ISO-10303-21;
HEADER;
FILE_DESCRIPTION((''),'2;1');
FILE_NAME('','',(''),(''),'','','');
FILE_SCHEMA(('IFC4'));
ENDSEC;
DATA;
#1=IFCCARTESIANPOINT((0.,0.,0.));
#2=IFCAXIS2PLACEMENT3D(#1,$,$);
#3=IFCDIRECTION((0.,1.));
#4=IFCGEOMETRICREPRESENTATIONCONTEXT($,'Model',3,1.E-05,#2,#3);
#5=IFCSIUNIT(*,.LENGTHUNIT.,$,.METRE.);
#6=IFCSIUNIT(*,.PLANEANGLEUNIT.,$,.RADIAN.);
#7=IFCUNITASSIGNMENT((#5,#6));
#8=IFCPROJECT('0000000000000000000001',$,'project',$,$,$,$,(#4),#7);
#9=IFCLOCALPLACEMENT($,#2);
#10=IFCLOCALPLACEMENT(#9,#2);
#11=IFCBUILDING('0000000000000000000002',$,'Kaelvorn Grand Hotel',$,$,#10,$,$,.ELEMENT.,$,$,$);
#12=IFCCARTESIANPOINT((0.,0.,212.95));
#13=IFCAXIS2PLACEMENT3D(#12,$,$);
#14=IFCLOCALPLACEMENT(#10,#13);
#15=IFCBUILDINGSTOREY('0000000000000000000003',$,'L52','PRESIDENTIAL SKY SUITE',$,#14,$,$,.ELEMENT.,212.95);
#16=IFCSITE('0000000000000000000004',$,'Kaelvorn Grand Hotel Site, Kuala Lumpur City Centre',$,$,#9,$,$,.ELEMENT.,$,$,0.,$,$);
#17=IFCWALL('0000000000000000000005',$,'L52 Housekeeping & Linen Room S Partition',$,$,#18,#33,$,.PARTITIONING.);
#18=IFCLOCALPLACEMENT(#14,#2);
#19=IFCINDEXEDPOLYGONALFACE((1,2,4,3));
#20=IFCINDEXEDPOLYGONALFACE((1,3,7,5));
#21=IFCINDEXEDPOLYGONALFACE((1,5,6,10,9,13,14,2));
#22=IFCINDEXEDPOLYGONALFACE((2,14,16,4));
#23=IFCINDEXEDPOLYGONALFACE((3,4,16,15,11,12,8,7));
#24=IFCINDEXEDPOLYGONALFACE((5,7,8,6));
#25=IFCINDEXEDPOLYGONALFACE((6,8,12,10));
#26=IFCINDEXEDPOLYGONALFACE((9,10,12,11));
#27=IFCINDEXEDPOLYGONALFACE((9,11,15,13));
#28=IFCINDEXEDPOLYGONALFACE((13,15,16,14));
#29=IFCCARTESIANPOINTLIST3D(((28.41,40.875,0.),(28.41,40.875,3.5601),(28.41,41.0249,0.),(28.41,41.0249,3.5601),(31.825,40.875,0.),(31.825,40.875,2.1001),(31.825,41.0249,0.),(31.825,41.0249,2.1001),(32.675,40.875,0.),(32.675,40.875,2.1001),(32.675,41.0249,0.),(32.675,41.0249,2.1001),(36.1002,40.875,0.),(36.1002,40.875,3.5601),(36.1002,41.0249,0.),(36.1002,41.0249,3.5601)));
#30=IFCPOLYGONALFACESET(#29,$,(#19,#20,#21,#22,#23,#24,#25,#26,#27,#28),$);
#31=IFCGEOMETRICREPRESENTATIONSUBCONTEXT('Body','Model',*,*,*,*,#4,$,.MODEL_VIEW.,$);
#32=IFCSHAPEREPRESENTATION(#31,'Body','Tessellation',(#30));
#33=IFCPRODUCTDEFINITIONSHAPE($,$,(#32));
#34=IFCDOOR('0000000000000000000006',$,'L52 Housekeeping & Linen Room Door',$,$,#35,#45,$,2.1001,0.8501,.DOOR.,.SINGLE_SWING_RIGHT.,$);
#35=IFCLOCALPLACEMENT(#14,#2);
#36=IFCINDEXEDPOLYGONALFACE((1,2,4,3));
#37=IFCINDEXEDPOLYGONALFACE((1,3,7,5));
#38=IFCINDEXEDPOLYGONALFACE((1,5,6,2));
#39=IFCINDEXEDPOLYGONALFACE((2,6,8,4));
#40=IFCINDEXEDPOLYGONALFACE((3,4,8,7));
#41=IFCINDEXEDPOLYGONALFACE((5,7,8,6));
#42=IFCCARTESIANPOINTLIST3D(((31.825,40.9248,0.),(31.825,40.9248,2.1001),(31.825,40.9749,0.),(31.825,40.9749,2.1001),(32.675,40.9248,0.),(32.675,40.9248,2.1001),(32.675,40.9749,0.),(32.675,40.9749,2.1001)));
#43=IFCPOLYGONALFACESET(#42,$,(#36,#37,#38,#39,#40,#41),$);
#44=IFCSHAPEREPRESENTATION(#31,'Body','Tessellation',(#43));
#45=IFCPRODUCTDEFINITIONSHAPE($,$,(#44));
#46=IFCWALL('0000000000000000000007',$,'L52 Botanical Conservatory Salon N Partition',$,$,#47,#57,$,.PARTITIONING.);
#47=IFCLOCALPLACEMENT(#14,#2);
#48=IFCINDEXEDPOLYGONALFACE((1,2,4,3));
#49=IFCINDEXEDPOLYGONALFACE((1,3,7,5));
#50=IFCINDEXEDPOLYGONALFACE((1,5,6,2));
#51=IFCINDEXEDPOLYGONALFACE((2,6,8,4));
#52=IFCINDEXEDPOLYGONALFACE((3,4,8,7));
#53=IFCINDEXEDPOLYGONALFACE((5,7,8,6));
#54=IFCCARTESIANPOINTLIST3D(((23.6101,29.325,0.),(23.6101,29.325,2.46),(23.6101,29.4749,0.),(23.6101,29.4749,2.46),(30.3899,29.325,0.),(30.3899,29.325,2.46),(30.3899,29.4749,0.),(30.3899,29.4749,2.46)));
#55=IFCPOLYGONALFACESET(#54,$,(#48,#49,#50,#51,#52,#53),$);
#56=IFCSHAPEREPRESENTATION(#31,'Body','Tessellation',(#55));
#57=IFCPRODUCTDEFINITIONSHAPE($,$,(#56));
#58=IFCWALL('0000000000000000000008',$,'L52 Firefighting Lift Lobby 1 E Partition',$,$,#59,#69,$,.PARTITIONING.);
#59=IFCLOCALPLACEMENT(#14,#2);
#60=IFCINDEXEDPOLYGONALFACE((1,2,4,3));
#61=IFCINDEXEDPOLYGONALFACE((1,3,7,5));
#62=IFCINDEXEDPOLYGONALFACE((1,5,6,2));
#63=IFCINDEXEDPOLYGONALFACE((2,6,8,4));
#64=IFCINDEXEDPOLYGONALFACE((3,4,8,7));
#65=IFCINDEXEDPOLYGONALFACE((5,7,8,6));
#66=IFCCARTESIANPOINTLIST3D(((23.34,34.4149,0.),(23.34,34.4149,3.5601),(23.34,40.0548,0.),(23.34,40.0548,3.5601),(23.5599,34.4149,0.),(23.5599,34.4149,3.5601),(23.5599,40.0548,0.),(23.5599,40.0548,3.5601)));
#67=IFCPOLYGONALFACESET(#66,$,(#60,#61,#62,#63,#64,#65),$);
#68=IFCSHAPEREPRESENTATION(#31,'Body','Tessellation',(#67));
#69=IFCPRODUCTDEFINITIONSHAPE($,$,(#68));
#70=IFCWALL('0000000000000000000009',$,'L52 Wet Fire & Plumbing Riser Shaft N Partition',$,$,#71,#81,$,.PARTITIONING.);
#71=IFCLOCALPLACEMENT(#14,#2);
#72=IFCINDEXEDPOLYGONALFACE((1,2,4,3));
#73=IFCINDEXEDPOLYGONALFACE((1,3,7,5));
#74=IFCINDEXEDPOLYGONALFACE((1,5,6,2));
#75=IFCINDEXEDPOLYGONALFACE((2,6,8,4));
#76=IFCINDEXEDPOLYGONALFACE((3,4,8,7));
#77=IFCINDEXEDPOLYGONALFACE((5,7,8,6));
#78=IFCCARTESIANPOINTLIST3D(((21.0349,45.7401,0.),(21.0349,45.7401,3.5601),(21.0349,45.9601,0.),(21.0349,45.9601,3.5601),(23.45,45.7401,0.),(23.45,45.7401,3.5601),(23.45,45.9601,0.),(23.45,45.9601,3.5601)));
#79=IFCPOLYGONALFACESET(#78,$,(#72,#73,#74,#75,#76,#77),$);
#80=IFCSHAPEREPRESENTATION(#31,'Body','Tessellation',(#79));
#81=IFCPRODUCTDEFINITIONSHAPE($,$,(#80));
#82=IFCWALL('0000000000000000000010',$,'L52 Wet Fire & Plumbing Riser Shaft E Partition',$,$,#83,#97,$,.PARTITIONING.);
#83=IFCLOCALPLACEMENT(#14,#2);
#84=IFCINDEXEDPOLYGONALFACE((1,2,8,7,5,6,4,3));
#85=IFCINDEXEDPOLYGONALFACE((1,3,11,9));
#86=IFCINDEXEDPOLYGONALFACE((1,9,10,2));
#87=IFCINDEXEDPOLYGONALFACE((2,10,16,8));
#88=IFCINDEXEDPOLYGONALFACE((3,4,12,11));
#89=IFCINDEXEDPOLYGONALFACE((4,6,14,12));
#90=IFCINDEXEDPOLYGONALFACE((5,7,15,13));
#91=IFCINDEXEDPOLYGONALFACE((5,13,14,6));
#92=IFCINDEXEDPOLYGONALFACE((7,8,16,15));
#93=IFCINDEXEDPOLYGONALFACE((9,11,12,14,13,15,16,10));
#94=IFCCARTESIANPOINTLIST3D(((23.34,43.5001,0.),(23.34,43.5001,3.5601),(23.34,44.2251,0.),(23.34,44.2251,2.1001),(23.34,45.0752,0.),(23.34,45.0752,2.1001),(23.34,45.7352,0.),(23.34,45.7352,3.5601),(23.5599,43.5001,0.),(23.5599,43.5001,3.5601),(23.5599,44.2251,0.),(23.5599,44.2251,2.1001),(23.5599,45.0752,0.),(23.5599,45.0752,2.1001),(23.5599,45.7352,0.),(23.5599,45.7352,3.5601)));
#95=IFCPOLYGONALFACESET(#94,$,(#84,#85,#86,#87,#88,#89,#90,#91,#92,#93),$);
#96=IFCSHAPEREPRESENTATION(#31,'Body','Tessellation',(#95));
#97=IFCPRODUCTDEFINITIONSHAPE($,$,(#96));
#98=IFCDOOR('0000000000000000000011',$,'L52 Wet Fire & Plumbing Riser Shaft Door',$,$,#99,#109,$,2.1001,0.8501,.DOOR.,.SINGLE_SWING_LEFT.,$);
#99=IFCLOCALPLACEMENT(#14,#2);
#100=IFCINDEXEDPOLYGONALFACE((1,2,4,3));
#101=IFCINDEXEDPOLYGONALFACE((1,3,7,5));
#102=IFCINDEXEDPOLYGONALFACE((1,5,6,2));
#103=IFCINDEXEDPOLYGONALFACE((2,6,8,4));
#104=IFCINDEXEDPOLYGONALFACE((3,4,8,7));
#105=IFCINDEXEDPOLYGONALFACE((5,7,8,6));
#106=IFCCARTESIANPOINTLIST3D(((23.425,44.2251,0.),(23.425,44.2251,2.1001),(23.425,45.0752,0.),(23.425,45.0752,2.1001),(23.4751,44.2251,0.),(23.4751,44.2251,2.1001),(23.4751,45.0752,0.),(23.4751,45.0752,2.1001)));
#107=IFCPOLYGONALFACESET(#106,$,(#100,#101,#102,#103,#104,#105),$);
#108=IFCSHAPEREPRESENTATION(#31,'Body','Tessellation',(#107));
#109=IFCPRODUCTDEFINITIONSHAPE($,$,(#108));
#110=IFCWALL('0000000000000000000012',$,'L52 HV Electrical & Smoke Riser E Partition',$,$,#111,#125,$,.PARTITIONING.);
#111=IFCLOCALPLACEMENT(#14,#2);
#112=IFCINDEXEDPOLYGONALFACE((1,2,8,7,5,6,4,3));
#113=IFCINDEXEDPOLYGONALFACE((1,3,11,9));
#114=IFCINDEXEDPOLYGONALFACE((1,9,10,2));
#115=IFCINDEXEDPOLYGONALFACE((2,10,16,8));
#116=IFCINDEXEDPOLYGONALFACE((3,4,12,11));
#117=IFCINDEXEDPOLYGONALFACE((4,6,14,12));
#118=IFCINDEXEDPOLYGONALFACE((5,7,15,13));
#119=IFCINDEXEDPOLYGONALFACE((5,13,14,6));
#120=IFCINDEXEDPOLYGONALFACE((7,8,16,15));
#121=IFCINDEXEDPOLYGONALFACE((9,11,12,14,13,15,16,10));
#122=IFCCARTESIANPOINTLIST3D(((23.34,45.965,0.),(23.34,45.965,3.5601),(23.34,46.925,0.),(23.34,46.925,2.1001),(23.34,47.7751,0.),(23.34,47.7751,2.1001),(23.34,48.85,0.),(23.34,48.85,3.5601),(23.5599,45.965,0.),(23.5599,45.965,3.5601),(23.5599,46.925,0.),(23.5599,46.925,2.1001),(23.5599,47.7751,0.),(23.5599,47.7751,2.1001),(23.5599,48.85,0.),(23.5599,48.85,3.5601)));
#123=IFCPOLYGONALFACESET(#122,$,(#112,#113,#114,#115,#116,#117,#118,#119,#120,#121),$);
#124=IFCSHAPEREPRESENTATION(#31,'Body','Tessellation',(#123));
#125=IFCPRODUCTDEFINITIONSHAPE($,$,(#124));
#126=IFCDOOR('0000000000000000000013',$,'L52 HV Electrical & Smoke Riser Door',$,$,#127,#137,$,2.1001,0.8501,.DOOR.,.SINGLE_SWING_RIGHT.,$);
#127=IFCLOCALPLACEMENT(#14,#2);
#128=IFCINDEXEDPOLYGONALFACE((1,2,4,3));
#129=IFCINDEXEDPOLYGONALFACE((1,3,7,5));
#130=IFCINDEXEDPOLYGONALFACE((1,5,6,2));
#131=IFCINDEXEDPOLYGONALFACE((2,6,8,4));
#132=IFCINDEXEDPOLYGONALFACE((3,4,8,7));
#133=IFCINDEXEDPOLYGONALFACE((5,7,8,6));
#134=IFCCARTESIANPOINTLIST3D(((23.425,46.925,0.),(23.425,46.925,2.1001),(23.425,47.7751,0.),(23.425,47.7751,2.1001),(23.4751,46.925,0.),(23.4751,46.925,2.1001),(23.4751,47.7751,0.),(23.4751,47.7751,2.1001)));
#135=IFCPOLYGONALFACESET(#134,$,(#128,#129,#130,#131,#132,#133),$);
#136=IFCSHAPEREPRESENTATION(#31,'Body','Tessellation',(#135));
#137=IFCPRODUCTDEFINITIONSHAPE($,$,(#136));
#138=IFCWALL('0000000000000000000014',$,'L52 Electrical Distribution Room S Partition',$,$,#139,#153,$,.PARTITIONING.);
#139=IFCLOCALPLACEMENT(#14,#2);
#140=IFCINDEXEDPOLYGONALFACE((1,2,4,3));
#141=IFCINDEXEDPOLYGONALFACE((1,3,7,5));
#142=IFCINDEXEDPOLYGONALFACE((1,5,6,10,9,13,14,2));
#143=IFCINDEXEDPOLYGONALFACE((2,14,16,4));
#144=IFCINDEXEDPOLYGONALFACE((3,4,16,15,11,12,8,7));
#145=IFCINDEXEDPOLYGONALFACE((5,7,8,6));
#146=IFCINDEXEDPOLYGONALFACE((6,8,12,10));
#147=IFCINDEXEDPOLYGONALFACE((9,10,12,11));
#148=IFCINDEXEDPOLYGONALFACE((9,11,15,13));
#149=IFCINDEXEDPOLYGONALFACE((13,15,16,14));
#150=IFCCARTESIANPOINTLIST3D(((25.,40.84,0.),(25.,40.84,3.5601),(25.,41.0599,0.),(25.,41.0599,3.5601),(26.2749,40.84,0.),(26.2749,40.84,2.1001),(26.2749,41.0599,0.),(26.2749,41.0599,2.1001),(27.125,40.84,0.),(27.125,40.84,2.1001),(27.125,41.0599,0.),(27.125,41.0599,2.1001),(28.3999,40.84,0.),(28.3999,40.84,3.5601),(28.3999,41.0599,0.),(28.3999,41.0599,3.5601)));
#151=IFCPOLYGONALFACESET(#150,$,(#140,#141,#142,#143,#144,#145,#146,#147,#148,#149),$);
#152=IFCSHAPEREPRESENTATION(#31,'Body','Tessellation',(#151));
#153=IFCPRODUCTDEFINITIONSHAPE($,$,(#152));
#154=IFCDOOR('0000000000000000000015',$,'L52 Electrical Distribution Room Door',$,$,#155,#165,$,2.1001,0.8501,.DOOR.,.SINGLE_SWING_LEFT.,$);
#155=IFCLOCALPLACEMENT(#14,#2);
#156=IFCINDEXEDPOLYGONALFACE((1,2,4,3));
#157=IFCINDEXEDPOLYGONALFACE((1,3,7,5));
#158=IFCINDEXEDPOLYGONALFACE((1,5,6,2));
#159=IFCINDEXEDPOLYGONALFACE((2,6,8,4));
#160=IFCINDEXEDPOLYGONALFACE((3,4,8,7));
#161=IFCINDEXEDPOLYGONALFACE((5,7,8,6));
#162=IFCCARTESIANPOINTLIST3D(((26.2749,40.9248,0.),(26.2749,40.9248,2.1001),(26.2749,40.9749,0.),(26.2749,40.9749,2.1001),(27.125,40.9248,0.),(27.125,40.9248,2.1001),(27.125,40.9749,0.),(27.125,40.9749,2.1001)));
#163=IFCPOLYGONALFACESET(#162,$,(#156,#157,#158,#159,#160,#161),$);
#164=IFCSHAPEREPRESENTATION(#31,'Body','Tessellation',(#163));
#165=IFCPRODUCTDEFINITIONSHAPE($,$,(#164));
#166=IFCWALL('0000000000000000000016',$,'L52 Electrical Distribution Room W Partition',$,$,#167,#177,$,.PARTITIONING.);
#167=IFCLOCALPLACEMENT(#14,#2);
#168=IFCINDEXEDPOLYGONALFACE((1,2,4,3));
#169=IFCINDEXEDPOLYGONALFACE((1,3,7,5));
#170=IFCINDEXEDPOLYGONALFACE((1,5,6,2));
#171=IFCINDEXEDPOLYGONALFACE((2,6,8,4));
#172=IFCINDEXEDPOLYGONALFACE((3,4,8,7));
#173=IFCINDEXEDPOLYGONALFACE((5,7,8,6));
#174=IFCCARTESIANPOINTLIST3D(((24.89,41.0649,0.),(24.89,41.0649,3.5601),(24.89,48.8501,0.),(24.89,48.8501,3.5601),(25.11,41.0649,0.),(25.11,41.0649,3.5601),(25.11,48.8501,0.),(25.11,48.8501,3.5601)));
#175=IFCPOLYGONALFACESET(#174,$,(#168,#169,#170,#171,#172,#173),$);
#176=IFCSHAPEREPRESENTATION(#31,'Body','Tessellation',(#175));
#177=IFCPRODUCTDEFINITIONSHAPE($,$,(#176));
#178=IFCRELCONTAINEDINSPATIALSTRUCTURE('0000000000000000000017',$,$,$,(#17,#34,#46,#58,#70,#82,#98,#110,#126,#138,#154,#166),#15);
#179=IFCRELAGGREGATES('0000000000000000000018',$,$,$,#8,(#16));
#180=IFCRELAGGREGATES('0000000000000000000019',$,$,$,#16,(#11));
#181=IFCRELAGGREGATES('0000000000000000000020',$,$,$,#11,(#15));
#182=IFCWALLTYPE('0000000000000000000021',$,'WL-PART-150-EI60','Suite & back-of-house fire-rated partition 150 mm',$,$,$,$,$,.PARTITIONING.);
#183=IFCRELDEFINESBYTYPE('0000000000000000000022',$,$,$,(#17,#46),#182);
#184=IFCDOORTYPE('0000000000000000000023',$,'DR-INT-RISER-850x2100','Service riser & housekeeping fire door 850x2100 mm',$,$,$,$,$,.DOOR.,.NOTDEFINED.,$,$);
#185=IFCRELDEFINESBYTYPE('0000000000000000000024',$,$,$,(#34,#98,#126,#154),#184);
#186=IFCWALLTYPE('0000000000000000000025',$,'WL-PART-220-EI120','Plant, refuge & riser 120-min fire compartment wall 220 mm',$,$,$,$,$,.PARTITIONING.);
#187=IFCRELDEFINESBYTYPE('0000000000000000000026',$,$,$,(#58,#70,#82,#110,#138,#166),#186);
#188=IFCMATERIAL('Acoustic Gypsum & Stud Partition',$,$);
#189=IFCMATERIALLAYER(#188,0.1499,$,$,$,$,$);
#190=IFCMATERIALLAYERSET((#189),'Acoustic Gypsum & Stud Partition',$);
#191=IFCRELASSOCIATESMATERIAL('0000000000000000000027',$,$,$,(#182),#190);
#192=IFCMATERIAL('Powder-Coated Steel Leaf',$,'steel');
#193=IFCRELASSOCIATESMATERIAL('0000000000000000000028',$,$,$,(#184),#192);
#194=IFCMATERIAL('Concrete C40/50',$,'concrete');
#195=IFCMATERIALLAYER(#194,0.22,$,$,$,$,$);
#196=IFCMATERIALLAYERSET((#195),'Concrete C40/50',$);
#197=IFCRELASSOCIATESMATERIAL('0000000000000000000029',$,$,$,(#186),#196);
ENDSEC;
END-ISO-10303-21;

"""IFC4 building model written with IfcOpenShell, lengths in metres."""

from ifc_helpers import new_model, si_unit, direction, frame, frame_2d, origin, place, context, subcontext, project, spatial, rectangle, extrude, material, layer, layer_set, type_object, element, fill, save


model = new_model("IFC4")

# Units and contexts
model_context = context("Model", 3, precision=1e-05, world=origin(), true_north=direction((0.0, 1.0)))
body_context = subcontext(model_context, "Body", "Model", "MODEL_VIEW")
ifc_project = project(units=[si_unit("LENGTHUNIT", "METRE"), si_unit("PLANEANGLEUNIT", "RADIAN")], contexts=[model_context])

# Site, building, storey
site_placement = place(None, origin())
site = spatial("IfcSite", under=ifc_project, at=site_placement, Name="Kaelvorn Grand Hotel Site, Kuala Lumpur City Centre", CompositionType="ELEMENT", RefElevation=0.0)
building_placement = place(site_placement, origin())
building = spatial("IfcBuilding", under=site, at=building_placement, Name="Kaelvorn Grand Hotel", CompositionType="ELEMENT")
storey_placement = place(building_placement, frame((0.0, 0.0, 212.95)))
storey = spatial("IfcBuildingStorey", under=building, at=storey_placement, Name="L52", Description="PRESIDENTIAL SKY SUITE", CompositionType="ELEMENT", Elevation=212.95)

# Shared definitions
ifc_material_1 = material(Name="Acoustic Gypsum & Stud Partition")
ifc_layer_1 = layer(ifc_material_1, 0.1499)
ifc_layer_set_1 = layer_set([ifc_layer_1], Name="Acoustic Gypsum & Stud Partition")
wall_type_1 = type_object("IfcWallType", Name="WL-PART-150-EI60", Description="Suite & back-of-house fire-rated partition 150 mm", PredefinedType="PARTITIONING", material=ifc_layer_set_1)

# Wall, opening, door
wall_1_placement = place(storey_placement, frame((28.4099, 40.95, 0.0), z_axis=(0.0, 0.0, 1.0), x_axis=(1.0, 0.0, 0.0)))
wall_1 = element("IfcWall", 1, at=wall_1_placement, inside=storey, type_object=wall_type_1, Name="L52 Housekeeping & Linen Room S Partition", PredefinedType="PARTITIONING", context=body_context, shape_type="SweptSolid", body=[
    extrude(rectangle(XDim=7.6902, YDim=0.1499, at=frame_2d((3.8452, 0.0))), origin(), (0.0, 0.0, 1.0), 3.5601),
])
opening_1_placement = place(wall_1_placement, frame((3.415, 0.0, 0.0)))
opening_1 = element("IfcOpeningElement", 2, at=opening_1_placement, cuts=wall_1, PredefinedType="OPENING", context=body_context, shape_type="SweptSolid", body=[
    extrude(rectangle(XDim=0.8501, YDim=2.1001, at=frame_2d((0.425, 1.05))), frame((0.0, 0.085, 0.0), z_axis=(0.0, -1.0, 0.0), x_axis=(1.0, 0.0, 0.0)), (0.0, 0.0, 1.0), 0.1699),
])
ifc_material_2 = material(Name="Powder-Coated Steel Leaf", Category="steel")
door_type_1 = type_object("IfcDoorType", Name="DR-INT-RISER-850x2100", Description="Service riser & housekeeping fire door 850x2100 mm", OperationType="NOTDEFINED", PredefinedType="DOOR", material=ifc_material_2)
door_1_placement = place(opening_1_placement, origin())
door_1 = element("IfcDoor", 3, at=door_1_placement, inside=storey, type_object=door_type_1, Name="L52 Housekeeping & Linen Room Door", OperationType="SINGLE_SWING_RIGHT", OverallHeight=2.1001, OverallWidth=0.8501, PredefinedType="DOOR", context=body_context, shape_type="SweptSolid", body=[
    extrude(rectangle(XDim=0.8501, YDim=2.1001, at=frame_2d((0.425, 1.05))), frame((0.0, 0.0249, 0.0), z_axis=(0.0, -1.0, 0.0), x_axis=(1.0, 0.0, 0.0)), (0.0, 0.0, 1.0), 0.05),
])
fill(opening_1, door_1)

# Walls
wall_2_placement = place(storey_placement, frame((23.6101, 29.3999, 0.0), z_axis=(0.0, 0.0, 1.0), x_axis=(1.0, 0.0, 0.0)))
element("IfcWall", 4, at=wall_2_placement, inside=storey, type_object=wall_type_1, Name="L52 Botanical Conservatory Salon N Partition", PredefinedType="PARTITIONING", context=body_context, shape_type="SweptSolid", body=[
    extrude(rectangle(XDim=6.7798, YDim=0.1499, at=frame_2d((3.3899, 0.0))), origin(), (0.0, 0.0, 1.0), 2.46),
])
ifc_material_3 = material(Name="Concrete C40/50", Category="concrete")
ifc_layer_2 = layer(ifc_material_3, 0.22)
ifc_layer_set_2 = layer_set([ifc_layer_2], Name="Concrete C40/50")
wall_type_2 = type_object("IfcWallType", Name="WL-PART-220-EI120", Description="Plant, refuge & riser 120-min fire compartment wall 220 mm", PredefinedType="PARTITIONING", material=ifc_layer_set_2)
wall_3_placement = place(storey_placement, frame((23.45, 34.415, 0.0), z_axis=(0.0, 0.0, 1.0), x_axis=(0.0, 1.0, 0.0)))
element("IfcWall", 5, at=wall_3_placement, inside=storey, type_object=wall_type_2, Name="L52 Firefighting Lift Lobby 1 E Partition", PredefinedType="PARTITIONING", context=body_context, shape_type="SweptSolid", body=[
    extrude(rectangle(XDim=5.6399, YDim=0.22, at=frame_2d((2.8198, 0.0))), origin(), (0.0, 0.0, 1.0), 3.5601),
])
wall_4_placement = place(storey_placement, frame((21.0349, 45.8501, 0.0), z_axis=(0.0, 0.0, 1.0), x_axis=(1.0, 0.0, 0.0)))
element("IfcWall", 6, at=wall_4_placement, inside=storey, type_object=wall_type_2, Name="L52 Wet Fire & Plumbing Riser Shaft N Partition", PredefinedType="PARTITIONING", context=body_context, shape_type="SweptSolid", body=[
    extrude(rectangle(XDim=2.415, YDim=0.22, at=frame_2d((1.2075, 0.0))), origin(), (0.0, 0.0, 1.0), 3.5601),
])

# Walls, openings, doors
wall_5_placement = place(storey_placement, frame((23.45, 43.5, 0.0), z_axis=(0.0, 0.0, 1.0), x_axis=(0.0, 1.0, 0.0)))
wall_5 = element("IfcWall", 7, at=wall_5_placement, inside=storey, type_object=wall_type_2, Name="L52 Wet Fire & Plumbing Riser Shaft E Partition", PredefinedType="PARTITIONING", context=body_context, shape_type="SweptSolid", body=[
    extrude(rectangle(XDim=2.2351, YDim=0.22, at=frame_2d((1.1177, 0.0))), origin(), (0.0, 0.0, 1.0), 3.5601),
])
opening_2_placement = place(wall_5_placement, frame((0.7251, 0.0, 0.0)))
opening_2 = element("IfcOpeningElement", 8, at=opening_2_placement, cuts=wall_5, PredefinedType="OPENING", context=body_context, shape_type="SweptSolid", body=[
    extrude(rectangle(XDim=0.8501, YDim=2.1001, at=frame_2d((0.425, 1.05))), frame((0.0, 0.1201, 0.0), z_axis=(0.0, -1.0, 0.0), x_axis=(1.0, 0.0, 0.0)), (0.0, 0.0, 1.0), 0.24),
])
door_2_placement = place(opening_2_placement, origin())
door_2 = element("IfcDoor", 9, at=door_2_placement, inside=storey, type_object=door_type_1, Name="L52 Wet Fire & Plumbing Riser Shaft Door", OperationType="SINGLE_SWING_LEFT", OverallHeight=2.1001, OverallWidth=0.8501, PredefinedType="DOOR", context=body_context, shape_type="SweptSolid", body=[
    extrude(rectangle(XDim=0.8501, YDim=2.1001, at=frame_2d((0.425, 1.05))), frame((0.0, 0.0249, 0.0), z_axis=(0.0, -1.0, 0.0), x_axis=(1.0, 0.0, 0.0)), (0.0, 0.0, 1.0), 0.05),
])
fill(opening_2, door_2)
wall_6_placement = place(storey_placement, frame((23.45, 45.9651, 0.0), z_axis=(0.0, 0.0, 1.0), x_axis=(0.0, 1.0, 0.0)))
wall_6 = element("IfcWall", 10, at=wall_6_placement, inside=storey, type_object=wall_type_2, Name="L52 HV Electrical & Smoke Riser E Partition", PredefinedType="PARTITIONING", context=body_context, shape_type="SweptSolid", body=[
    extrude(rectangle(XDim=2.885, YDim=0.22, at=frame_2d((1.4424, 0.0))), origin(), (0.0, 0.0, 1.0), 3.5601),
])
opening_3_placement = place(wall_6_placement, frame((0.96, 0.0, 0.0)))
opening_3 = element("IfcOpeningElement", 11, at=opening_3_placement, cuts=wall_6, PredefinedType="OPENING", context=body_context, shape_type="SweptSolid", body=[
    extrude(rectangle(XDim=0.8501, YDim=2.1001, at=frame_2d((0.425, 1.05))), frame((0.0, 0.1201, 0.0), z_axis=(0.0, -1.0, 0.0), x_axis=(1.0, 0.0, 0.0)), (0.0, 0.0, 1.0), 0.24),
])
door_3_placement = place(opening_3_placement, origin())
door_3 = element("IfcDoor", 12, at=door_3_placement, inside=storey, type_object=door_type_1, Name="L52 HV Electrical & Smoke Riser Door", OperationType="SINGLE_SWING_RIGHT", OverallHeight=2.1001, OverallWidth=0.8501, PredefinedType="DOOR", context=body_context, shape_type="SweptSolid", body=[
    extrude(rectangle(XDim=0.8501, YDim=2.1001, at=frame_2d((0.425, 1.05))), frame((0.0, 0.0249, 0.0), z_axis=(0.0, -1.0, 0.0), x_axis=(1.0, 0.0, 0.0)), (0.0, 0.0, 1.0), 0.05),
])
fill(opening_3, door_3)
wall_7_placement = place(storey_placement, frame((25.0, 40.95, 0.0), z_axis=(0.0, 0.0, 1.0), x_axis=(1.0, 0.0, 0.0)))
wall_7 = element("IfcWall", 13, at=wall_7_placement, inside=storey, type_object=wall_type_2, Name="L52 Electrical Distribution Room S Partition", PredefinedType="PARTITIONING", context=body_context, shape_type="SweptSolid", body=[
    extrude(rectangle(XDim=3.3999, YDim=0.22, at=frame_2d((1.7, 0.0))), origin(), (0.0, 0.0, 1.0), 3.5601),
])
opening_4_placement = place(wall_7_placement, frame((1.2749, 0.0, 0.0)))
opening_4 = element("IfcOpeningElement", 14, at=opening_4_placement, cuts=wall_7, PredefinedType="OPENING", context=body_context, shape_type="SweptSolid", body=[
    extrude(rectangle(XDim=0.8501, YDim=2.1001, at=frame_2d((0.425, 1.05))), frame((0.0, 0.1201, 0.0), z_axis=(0.0, -1.0, 0.0), x_axis=(1.0, 0.0, 0.0)), (0.0, 0.0, 1.0), 0.24),
])
door_4_placement = place(opening_4_placement, origin())
door_4 = element("IfcDoor", 15, at=door_4_placement, inside=storey, type_object=door_type_1, Name="L52 Electrical Distribution Room Door", OperationType="SINGLE_SWING_LEFT", OverallHeight=2.1001, OverallWidth=0.8501, PredefinedType="DOOR", context=body_context, shape_type="SweptSolid", body=[
    extrude(rectangle(XDim=0.8501, YDim=2.1001, at=frame_2d((0.425, 1.05))), frame((0.0, 0.0249, 0.0), z_axis=(0.0, -1.0, 0.0), x_axis=(1.0, 0.0, 0.0)), (0.0, 0.0, 1.0), 0.05),
])
fill(opening_4, door_4)

# Wall
for number, where, z_axis, x_axis, name in (
    (16, (25.0, 41.0649, 0.0), (0.0, 0.0, 1.0), (0.0, 1.0, 0.0), "L52 Electrical Distribution Room W Partition"),
):
    element("IfcWall", number, at=place(storey_placement, frame(where, z_axis=z_axis, x_axis=x_axis)), inside=storey, type_object=wall_type_2, Name=name, PredefinedType="PARTITIONING", context=body_context, shape_type="SweptSolid", body=[
        extrude(rectangle(XDim=7.7852, YDim=0.22, at=frame_2d((3.8926, 0.0))), origin(), (0.0, 0.0, 1.0), 3.5601),
    ])

save(model, "model.ifc")
